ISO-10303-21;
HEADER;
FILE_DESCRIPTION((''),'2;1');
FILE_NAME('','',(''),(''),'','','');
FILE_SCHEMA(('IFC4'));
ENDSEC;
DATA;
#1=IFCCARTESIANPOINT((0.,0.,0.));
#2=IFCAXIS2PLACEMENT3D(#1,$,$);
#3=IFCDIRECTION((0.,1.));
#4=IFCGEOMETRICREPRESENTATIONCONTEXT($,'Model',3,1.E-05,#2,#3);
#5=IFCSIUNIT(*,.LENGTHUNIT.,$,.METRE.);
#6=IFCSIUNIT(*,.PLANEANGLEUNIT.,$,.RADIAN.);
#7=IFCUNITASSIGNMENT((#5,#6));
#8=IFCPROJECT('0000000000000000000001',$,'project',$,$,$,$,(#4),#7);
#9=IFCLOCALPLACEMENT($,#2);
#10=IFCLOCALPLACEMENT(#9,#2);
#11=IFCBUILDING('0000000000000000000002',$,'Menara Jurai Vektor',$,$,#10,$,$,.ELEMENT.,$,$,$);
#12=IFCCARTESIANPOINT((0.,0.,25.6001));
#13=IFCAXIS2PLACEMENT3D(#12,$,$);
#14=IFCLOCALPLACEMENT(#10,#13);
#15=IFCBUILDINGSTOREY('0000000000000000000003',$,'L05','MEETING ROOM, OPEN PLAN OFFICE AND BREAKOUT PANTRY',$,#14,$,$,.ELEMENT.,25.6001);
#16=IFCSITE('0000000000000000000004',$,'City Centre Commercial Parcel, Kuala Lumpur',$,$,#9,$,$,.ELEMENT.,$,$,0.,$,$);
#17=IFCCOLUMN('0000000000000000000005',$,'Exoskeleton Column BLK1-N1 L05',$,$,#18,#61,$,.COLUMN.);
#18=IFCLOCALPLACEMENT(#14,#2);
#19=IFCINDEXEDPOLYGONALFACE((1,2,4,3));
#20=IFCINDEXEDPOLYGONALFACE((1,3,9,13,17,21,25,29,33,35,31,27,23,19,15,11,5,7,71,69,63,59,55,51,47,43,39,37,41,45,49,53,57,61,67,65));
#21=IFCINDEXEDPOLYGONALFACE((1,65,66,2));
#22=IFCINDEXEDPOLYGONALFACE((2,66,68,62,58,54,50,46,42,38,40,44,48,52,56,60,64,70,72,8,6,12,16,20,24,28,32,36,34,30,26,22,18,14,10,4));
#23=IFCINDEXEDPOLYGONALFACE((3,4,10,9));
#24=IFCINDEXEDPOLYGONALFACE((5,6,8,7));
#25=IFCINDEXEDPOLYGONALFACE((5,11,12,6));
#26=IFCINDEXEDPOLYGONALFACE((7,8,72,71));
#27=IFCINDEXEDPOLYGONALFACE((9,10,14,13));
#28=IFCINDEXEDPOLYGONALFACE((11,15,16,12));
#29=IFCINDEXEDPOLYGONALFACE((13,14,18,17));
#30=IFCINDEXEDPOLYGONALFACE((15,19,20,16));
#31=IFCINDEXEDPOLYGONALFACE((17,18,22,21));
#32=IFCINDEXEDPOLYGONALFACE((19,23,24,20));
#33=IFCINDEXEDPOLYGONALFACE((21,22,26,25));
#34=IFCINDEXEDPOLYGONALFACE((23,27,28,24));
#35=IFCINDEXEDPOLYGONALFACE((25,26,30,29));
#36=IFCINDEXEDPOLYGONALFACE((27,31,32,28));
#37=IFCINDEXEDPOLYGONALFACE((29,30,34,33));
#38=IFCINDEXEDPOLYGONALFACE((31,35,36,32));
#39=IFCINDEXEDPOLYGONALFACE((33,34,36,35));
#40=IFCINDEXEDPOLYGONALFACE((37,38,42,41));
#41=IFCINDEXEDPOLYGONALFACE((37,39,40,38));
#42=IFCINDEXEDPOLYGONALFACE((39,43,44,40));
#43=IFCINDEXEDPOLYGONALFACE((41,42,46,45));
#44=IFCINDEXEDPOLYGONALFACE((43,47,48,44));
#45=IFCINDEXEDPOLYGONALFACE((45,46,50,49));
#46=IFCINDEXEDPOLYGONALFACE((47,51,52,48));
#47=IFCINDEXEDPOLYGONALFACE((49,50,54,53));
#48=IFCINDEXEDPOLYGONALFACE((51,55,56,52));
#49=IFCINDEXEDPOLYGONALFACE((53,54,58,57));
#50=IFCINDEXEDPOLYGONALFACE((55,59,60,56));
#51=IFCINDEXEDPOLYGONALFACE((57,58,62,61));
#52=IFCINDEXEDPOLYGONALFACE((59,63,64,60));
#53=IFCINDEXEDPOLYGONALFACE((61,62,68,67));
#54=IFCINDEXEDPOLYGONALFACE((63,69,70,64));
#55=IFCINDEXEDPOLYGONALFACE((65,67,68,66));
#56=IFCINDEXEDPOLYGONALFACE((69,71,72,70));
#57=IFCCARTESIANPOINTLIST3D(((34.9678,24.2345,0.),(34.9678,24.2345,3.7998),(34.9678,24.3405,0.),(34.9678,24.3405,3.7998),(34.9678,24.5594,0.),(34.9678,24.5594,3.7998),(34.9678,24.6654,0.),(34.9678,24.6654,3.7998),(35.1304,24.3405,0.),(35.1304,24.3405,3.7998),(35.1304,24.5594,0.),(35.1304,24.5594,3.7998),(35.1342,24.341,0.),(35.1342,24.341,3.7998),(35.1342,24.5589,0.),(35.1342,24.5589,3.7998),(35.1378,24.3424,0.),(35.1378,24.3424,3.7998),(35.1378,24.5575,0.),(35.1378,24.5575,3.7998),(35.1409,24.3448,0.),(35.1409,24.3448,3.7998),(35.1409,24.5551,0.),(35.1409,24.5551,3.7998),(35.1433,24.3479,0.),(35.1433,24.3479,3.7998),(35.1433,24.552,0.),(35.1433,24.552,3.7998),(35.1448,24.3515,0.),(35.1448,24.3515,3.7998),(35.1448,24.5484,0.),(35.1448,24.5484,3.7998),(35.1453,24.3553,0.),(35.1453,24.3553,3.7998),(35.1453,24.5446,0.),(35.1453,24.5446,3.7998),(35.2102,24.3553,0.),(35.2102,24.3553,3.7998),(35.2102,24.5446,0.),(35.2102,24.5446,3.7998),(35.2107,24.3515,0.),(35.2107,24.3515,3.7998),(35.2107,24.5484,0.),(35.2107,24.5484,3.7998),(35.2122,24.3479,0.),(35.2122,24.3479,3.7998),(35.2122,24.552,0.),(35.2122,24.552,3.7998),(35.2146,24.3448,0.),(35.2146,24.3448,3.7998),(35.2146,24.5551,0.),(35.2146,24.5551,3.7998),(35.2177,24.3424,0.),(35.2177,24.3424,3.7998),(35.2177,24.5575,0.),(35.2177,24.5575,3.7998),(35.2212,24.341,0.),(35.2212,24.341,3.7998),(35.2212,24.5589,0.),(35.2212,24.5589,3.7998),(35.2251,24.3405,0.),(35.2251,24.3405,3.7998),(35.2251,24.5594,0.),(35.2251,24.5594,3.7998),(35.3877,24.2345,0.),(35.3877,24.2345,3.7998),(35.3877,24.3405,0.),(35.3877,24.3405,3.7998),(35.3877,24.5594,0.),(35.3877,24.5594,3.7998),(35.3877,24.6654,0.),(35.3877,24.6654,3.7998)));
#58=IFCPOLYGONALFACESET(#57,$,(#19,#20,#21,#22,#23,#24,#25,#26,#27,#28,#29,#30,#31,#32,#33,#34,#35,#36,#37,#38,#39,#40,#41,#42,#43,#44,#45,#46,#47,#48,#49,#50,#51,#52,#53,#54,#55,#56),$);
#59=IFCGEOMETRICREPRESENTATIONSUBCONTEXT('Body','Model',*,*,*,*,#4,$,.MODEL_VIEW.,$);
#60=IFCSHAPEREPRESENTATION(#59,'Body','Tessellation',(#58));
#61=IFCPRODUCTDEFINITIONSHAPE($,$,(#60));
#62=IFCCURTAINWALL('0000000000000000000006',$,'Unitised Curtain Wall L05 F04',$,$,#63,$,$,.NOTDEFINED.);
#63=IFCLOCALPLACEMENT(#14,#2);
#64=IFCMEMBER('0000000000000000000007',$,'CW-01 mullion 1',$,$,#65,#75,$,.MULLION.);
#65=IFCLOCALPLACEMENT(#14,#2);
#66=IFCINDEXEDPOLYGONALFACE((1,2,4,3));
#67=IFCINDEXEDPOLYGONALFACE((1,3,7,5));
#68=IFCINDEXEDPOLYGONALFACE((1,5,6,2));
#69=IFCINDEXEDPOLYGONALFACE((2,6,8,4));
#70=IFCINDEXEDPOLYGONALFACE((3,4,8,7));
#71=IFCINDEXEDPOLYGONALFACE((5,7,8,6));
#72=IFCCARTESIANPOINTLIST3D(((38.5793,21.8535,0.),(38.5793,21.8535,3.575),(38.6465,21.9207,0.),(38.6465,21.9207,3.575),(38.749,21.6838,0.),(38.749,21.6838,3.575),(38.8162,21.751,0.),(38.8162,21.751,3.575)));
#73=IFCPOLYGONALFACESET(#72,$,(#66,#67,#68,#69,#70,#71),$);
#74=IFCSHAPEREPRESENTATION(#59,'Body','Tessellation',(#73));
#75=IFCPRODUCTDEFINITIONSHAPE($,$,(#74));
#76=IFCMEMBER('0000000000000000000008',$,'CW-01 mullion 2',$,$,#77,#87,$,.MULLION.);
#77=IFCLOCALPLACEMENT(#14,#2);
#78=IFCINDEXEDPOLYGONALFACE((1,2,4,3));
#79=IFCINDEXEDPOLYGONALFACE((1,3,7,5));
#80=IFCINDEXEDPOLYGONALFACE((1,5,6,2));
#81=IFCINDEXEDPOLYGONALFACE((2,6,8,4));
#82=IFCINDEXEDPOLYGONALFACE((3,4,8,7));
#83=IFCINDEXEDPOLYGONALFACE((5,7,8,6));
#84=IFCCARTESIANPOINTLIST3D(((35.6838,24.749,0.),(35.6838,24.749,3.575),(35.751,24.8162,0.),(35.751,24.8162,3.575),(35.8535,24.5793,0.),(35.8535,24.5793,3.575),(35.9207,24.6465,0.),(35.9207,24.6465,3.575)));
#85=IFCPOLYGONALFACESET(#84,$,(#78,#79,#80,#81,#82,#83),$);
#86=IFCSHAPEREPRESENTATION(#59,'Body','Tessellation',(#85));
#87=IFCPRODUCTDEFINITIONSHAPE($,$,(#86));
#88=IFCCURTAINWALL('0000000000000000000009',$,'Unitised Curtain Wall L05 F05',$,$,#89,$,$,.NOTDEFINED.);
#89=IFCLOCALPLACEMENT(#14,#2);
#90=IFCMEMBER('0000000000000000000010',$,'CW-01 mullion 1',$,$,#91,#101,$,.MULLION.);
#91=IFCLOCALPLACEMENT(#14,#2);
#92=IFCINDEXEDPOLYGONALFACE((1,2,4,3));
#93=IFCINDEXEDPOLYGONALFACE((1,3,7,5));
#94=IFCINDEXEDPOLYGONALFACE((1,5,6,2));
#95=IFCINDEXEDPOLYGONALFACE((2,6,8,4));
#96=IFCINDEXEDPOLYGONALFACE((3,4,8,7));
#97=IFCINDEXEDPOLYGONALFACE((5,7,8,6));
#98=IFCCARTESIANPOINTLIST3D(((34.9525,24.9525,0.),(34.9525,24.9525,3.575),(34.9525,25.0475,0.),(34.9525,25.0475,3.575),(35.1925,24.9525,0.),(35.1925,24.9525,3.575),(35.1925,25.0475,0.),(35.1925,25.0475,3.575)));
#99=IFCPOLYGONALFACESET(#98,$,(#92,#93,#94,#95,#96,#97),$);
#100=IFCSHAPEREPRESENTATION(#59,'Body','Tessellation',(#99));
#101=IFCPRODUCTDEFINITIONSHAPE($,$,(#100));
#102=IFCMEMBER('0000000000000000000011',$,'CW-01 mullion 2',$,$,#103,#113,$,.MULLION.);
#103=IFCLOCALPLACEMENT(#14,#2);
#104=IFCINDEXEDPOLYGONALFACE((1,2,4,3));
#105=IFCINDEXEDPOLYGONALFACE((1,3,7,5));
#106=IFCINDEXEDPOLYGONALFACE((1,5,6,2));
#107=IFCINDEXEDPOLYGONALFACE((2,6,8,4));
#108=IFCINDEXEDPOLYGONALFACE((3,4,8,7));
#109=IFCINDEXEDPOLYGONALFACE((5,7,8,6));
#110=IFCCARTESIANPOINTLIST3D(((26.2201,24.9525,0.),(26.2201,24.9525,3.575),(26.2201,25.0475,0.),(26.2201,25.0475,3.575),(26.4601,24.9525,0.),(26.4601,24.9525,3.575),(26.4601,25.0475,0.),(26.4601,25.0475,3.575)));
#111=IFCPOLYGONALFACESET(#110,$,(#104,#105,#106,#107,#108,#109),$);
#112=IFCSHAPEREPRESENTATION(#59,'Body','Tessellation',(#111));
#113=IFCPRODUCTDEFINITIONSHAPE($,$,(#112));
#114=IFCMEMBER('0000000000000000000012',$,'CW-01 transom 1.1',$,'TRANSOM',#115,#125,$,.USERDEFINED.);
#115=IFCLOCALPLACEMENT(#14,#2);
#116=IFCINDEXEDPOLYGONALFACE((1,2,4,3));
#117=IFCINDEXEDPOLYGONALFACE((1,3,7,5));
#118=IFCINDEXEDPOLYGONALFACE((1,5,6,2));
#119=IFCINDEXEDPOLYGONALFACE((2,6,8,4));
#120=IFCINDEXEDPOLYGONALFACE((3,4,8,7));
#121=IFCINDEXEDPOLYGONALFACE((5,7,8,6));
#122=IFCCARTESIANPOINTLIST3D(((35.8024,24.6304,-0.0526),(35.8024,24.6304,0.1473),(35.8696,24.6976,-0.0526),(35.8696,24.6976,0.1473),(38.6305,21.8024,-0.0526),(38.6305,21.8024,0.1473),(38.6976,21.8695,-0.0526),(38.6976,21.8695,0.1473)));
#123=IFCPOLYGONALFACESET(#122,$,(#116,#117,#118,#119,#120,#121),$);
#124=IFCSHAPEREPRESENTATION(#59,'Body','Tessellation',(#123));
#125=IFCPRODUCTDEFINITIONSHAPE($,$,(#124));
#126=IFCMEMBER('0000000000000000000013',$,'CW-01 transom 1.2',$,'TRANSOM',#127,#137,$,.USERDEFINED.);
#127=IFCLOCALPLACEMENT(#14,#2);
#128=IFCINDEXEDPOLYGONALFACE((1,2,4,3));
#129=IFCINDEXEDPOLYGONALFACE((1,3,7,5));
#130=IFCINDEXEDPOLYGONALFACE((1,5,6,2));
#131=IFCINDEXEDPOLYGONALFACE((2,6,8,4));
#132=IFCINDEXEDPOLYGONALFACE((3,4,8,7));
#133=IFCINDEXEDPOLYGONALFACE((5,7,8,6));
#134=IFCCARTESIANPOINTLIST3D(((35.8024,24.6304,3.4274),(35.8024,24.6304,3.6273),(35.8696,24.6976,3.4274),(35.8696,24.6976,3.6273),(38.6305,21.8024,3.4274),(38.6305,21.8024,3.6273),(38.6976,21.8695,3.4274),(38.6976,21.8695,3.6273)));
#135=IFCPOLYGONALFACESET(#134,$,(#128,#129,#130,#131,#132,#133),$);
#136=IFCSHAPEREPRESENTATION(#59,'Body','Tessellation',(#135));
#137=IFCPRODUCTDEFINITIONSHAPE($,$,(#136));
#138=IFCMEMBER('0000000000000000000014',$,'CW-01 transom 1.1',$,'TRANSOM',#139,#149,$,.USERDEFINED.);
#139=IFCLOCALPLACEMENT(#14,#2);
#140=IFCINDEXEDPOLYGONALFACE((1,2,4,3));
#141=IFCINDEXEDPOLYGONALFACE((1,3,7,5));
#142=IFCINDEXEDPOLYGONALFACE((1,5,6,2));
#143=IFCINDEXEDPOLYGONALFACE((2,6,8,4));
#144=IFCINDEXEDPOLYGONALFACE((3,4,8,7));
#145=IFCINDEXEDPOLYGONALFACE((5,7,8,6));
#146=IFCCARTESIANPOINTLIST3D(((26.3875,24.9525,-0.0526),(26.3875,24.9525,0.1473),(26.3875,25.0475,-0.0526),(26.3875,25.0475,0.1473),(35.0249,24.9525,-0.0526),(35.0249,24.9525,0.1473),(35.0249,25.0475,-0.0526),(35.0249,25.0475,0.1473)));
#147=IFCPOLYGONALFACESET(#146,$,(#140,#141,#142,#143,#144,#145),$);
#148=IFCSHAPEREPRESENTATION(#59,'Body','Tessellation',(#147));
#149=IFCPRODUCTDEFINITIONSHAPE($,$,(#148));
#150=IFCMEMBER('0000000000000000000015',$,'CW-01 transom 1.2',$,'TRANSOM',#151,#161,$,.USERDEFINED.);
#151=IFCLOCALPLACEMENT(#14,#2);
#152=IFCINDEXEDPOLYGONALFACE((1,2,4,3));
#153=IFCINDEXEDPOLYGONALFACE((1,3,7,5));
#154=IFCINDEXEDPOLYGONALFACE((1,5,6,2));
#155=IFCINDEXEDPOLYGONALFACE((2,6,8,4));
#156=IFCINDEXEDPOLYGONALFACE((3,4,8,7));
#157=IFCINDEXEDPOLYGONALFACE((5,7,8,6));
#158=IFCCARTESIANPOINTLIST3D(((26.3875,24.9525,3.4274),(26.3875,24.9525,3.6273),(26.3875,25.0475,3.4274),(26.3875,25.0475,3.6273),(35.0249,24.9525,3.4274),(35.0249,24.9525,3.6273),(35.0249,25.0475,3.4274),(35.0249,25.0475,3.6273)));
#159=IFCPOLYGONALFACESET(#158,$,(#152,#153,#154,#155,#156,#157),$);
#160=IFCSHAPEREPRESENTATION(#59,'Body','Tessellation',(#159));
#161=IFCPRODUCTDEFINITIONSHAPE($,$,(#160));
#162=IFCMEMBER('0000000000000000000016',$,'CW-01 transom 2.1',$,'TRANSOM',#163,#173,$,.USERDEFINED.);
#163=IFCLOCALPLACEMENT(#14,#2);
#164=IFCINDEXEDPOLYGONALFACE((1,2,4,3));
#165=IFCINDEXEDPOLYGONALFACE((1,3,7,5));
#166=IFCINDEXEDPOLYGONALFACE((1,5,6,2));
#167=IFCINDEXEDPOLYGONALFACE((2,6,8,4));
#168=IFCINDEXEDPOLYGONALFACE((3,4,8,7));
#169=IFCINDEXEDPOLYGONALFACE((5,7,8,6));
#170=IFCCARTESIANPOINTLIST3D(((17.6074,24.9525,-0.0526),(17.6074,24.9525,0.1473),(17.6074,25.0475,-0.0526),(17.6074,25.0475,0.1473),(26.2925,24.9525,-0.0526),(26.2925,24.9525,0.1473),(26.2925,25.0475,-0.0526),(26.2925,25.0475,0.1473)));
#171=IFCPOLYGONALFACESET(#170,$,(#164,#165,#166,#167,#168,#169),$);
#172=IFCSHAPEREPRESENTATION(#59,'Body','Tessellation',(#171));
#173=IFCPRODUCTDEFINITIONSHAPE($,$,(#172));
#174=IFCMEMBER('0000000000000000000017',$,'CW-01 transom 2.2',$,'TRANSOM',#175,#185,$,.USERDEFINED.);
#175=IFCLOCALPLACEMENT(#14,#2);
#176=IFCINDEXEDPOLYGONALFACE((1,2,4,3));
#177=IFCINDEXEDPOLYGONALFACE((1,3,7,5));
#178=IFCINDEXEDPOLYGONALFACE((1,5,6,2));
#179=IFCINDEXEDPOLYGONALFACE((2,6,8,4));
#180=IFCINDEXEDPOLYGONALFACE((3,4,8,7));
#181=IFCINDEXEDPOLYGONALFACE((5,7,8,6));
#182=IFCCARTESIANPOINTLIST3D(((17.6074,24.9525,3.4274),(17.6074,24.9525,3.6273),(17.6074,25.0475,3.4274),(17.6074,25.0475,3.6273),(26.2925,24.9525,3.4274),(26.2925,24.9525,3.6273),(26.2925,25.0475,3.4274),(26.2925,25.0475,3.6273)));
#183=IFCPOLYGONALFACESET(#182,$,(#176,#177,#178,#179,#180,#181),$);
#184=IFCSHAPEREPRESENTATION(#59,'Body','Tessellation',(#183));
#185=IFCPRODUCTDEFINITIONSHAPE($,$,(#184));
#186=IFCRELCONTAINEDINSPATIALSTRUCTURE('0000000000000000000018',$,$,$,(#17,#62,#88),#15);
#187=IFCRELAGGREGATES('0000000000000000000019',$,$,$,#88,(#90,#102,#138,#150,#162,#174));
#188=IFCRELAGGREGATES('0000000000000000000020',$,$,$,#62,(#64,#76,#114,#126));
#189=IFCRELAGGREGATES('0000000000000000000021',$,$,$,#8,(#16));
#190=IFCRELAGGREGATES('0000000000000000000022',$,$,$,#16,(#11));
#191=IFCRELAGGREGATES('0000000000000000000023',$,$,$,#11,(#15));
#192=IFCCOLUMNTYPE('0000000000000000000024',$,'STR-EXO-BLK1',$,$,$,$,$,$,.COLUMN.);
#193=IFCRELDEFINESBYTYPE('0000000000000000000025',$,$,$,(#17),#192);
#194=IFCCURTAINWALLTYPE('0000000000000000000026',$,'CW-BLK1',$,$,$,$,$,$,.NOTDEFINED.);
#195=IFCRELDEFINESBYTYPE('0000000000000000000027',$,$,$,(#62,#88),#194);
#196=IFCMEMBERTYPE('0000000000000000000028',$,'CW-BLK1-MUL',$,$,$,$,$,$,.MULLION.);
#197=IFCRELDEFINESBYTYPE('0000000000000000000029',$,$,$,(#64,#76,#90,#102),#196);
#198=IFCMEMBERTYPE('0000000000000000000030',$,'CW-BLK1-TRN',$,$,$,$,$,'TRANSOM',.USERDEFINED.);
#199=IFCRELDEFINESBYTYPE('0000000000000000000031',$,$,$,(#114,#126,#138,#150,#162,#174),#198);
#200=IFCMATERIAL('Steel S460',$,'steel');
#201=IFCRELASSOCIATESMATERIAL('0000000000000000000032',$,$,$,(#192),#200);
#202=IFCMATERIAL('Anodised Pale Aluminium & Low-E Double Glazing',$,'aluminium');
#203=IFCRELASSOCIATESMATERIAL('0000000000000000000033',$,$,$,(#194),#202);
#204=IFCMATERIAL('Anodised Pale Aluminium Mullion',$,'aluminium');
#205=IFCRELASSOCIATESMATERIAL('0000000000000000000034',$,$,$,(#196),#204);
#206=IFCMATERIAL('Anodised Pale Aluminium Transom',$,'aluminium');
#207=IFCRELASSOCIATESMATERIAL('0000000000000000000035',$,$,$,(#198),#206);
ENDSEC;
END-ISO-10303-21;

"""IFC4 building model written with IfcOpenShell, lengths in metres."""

from ifc_helpers import new_model, si_unit, direction, frame, origin, origin_2d, place, context, subcontext, project, spatial, rectangle, i_section, extrude, material, material_profile, profile_set, type_object, element, aggregate, save


model = new_model("IFC4")

# Units and contexts
model_context = context("Model", 3, precision=1e-05, world=origin(), true_north=direction((0.0, 1.0)))
body_context = subcontext(model_context, "Body", "Model", "MODEL_VIEW")
ifc_project = project(units=[si_unit("LENGTHUNIT", "METRE"), si_unit("PLANEANGLEUNIT", "RADIAN")], contexts=[model_context])

# Site, building, storey
site_placement = place(None, origin())
site = spatial("IfcSite", under=ifc_project, at=site_placement, Name="City Centre Commercial Parcel, Kuala Lumpur", CompositionType="ELEMENT", RefElevation=0.0)
building_placement = place(site_placement, origin())
building = spatial("IfcBuilding", under=site, at=building_placement, Name="Menara Jurai Vektor", CompositionType="ELEMENT")
storey_placement = place(building_placement, frame((0.0, 0.0, 25.6001)))
storey = spatial("IfcBuildingStorey", under=building, at=storey_placement, Name="L05", Description="MEETING ROOM, OPEN PLAN OFFICE AND BREAKOUT PANTRY", CompositionType="ELEMENT", Elevation=25.6001)

# Column
ifc_material_1 = material(Name="Steel S460", Category="steel")
ifc_material_profile_1 = material_profile(ifc_material_1, i_section(OverallWidth=0.4199, OverallDepth=0.4309, WebThickness=0.0649, FlangeThickness=0.106, FilletRadius=0.0149, at=origin_2d()), Name="HD 400x900")
ifc_profile_set_1 = profile_set([ifc_material_profile_1], Name="Steel S460")
column_type = type_object("IfcColumnType", Name="STR-EXO-BLK1", PredefinedType="COLUMN", material=ifc_profile_set_1)
column_placement = place(storey_placement, frame((35.1777, 24.45, 0.0), z_axis=(0.0, 0.0, 1.0), x_axis=(1.0, 0.0, 0.0)))
element("IfcColumn", 1, at=column_placement, inside=storey, type_object=column_type, Name="Exoskeleton Column BLK1-N1 L05", PredefinedType="COLUMN", context=body_context, shape_type="SweptSolid", body=[
    extrude(i_section(OverallWidth=0.4199, OverallDepth=0.4309, WebThickness=0.0649, FlangeThickness=0.106, FilletRadius=0.0149, at=origin_2d()), origin(), (0.0, 0.0, 1.0), 3.7998),
])

# Curtain walls, members
ifc_material_2 = material(Name="Anodised Pale Aluminium & Low-E Double Glazing", Category="aluminium")
curtain_wall_type = type_object("IfcCurtainWallType", Name="CW-BLK1", PredefinedType="NOTDEFINED", material=ifc_material_2)
curtain_wall_1_placement = place(storey_placement, origin())
curtain_wall_1 = element("IfcCurtainWall", 2, at=curtain_wall_1_placement, inside=storey, type_object=curtain_wall_type, Name="Unitised Curtain Wall L05 F04", PredefinedType="NOTDEFINED")
ifc_material_3 = material(Name="Anodised Pale Aluminium Mullion", Category="aluminium")
ifc_material_profile_2 = material_profile(ifc_material_3, rectangle(XDim=0.095, YDim=0.24, at=origin_2d()), Name="ALU MUL 95x240")
ifc_profile_set_2 = profile_set([ifc_material_profile_2], Name="Anodised Pale Aluminium Mullion")
member_type_1 = type_object("IfcMemberType", Name="CW-BLK1-MUL", PredefinedType="MULLION", material=ifc_profile_set_2)
member_1_placement = place(storey_placement, frame((38.6978, 21.8022, 0.0), z_axis=(0.0, 0.0, 1.0), x_axis=(-0.707107, -0.707107, 0.0)))
member_1 = element("IfcMember", 3, at=member_1_placement, type_object=member_type_1, Name="CW-01 mullion 1", PredefinedType="MULLION", context=body_context, shape_type="SweptSolid", body=[
    extrude(rectangle(XDim=0.095, YDim=0.24, at=origin_2d()), origin(), (0.0, 0.0, 1.0), 3.575),
])
member_2_placement = place(storey_placement, frame((35.8022, 24.6978, 0.0), z_axis=(0.0, 0.0, 1.0), x_axis=(-0.707107, -0.707107, 0.0)))
member_2 = element("IfcMember", 4, at=member_2_placement, type_object=member_type_1, Name="CW-01 mullion 2", PredefinedType="MULLION", context=body_context, shape_type="SweptSolid", body=[
    extrude(rectangle(XDim=0.095, YDim=0.24, at=origin_2d()), origin(), (0.0, 0.0, 1.0), 3.575),
])
curtain_wall_2_placement = place(storey_placement, origin())
curtain_wall_2 = element("IfcCurtainWall", 5, at=curtain_wall_2_placement, inside=storey, type_object=curtain_wall_type, Name="Unitised Curtain Wall L05 F05", PredefinedType="NOTDEFINED")
member_3_placement = place(storey_placement, frame((35.0725, 25.0, 0.0), z_axis=(0.0, 0.0, 1.0), x_axis=(0.0, -1.0, 0.0)))
member_3 = element("IfcMember", 6, at=member_3_placement, type_object=member_type_1, Name="CW-01 mullion 1", PredefinedType="MULLION", context=body_context, shape_type="SweptSolid", body=[
    extrude(rectangle(XDim=0.095, YDim=0.24, at=origin_2d()), origin(), (0.0, 0.0, 1.0), 3.575),
])
member_4_placement = place(storey_placement, frame((26.3401, 25.0, 0.0), z_axis=(0.0, 0.0, 1.0), x_axis=(0.0, -1.0, 0.0)))
member_4 = element("IfcMember", 7, at=member_4_placement, type_object=member_type_1, Name="CW-01 mullion 2", PredefinedType="MULLION", context=body_context, shape_type="SweptSolid", body=[
    extrude(rectangle(XDim=0.095, YDim=0.24, at=origin_2d()), origin(), (0.0, 0.0, 1.0), 3.575),
])

# Members
ifc_material_4 = material(Name="Anodised Pale Aluminium Transom", Category="aluminium")
ifc_material_profile_3 = material_profile(ifc_material_4, rectangle(XDim=0.095, YDim=0.2, at=origin_2d()), Name="ALU TRN 95x200")
ifc_profile_set_3 = profile_set([ifc_material_profile_3], Name="Anodised Pale Aluminium Transom")
member_type_2 = type_object("IfcMemberType", Name="CW-BLK1-TRN", ElementType="TRANSOM", PredefinedType="USERDEFINED", material=ifc_profile_set_3)
member_5_placement = place(storey_placement, frame((38.6641, 21.8359, 0.0474), z_axis=(-0.707107, 0.707107, 0.0), x_axis=(-0.707107, -0.707107, 0.0)))
member_5 = element("IfcMember", 8, at=member_5_placement, type_object=member_type_2, Name="CW-01 transom 1.1", ObjectType="TRANSOM", PredefinedType="USERDEFINED", context=body_context, shape_type="SweptSolid", body=[
    extrude(rectangle(XDim=0.095, YDim=0.2, at=origin_2d()), origin(), (0.0, 0.0, 1.0), 3.9995),
])
member_6_placement = place(storey_placement, frame((38.6641, 21.8359, 3.5273), z_axis=(-0.707107, 0.707107, 0.0), x_axis=(-0.707107, -0.707107, 0.0)))
member_6 = element("IfcMember", 9, at=member_6_placement, type_object=member_type_2, Name="CW-01 transom 1.2", ObjectType="TRANSOM", PredefinedType="USERDEFINED", context=body_context, shape_type="SweptSolid", body=[
    extrude(rectangle(XDim=0.095, YDim=0.2, at=origin_2d()), origin(), (0.0, 0.0, 1.0), 3.9995),
])
member_7_placement = place(storey_placement, frame((35.0249, 25.0, 0.0474), z_axis=(-1.0, 0.0, 0.0), x_axis=(0.0, -1.0, 0.0)))
member_7 = element("IfcMember", 10, at=member_7_placement, type_object=member_type_2, Name="CW-01 transom 1.1", ObjectType="TRANSOM", PredefinedType="USERDEFINED", context=body_context, shape_type="SweptSolid", body=[
    extrude(rectangle(XDim=0.095, YDim=0.2, at=origin_2d()), origin(), (0.0, 0.0, 1.0), 8.6375),
])
member_8_placement = place(storey_placement, frame((35.0249, 25.0, 3.5273), z_axis=(-1.0, 0.0, 0.0), x_axis=(0.0, -1.0, 0.0)))
member_8 = element("IfcMember", 11, at=member_8_placement, type_object=member_type_2, Name="CW-01 transom 1.2", ObjectType="TRANSOM", PredefinedType="USERDEFINED", context=body_context, shape_type="SweptSolid", body=[
    extrude(rectangle(XDim=0.095, YDim=0.2, at=origin_2d()), origin(), (0.0, 0.0, 1.0), 8.6375),
])
member_9_placement = place(storey_placement, frame((26.2925, 25.0, 0.0474), z_axis=(-1.0, 0.0, 0.0), x_axis=(0.0, -1.0, 0.0)))
member_9 = element("IfcMember", 12, at=member_9_placement, type_object=member_type_2, Name="CW-01 transom 2.1", ObjectType="TRANSOM", PredefinedType="USERDEFINED", context=body_context, shape_type="SweptSolid", body=[
    extrude(rectangle(XDim=0.095, YDim=0.2, at=origin_2d()), origin(), (0.0, 0.0, 1.0), 8.6851),
])
member_10_placement = place(storey_placement, frame((26.2925, 25.0, 3.5273), z_axis=(-1.0, 0.0, 0.0), x_axis=(0.0, -1.0, 0.0)))
member_10 = element("IfcMember", 13, at=member_10_placement, type_object=member_type_2, Name="CW-01 transom 2.2", ObjectType="TRANSOM", PredefinedType="USERDEFINED", context=body_context, shape_type="SweptSolid", body=[
    extrude(rectangle(XDim=0.095, YDim=0.2, at=origin_2d()), origin(), (0.0, 0.0, 1.0), 8.6851),
])

aggregate(curtain_wall_2, [member_3, member_4, member_7, member_8, member_9, member_10])
aggregate(curtain_wall_1, [member_1, member_2, member_5, member_6])

save(model, "model.ifc")
